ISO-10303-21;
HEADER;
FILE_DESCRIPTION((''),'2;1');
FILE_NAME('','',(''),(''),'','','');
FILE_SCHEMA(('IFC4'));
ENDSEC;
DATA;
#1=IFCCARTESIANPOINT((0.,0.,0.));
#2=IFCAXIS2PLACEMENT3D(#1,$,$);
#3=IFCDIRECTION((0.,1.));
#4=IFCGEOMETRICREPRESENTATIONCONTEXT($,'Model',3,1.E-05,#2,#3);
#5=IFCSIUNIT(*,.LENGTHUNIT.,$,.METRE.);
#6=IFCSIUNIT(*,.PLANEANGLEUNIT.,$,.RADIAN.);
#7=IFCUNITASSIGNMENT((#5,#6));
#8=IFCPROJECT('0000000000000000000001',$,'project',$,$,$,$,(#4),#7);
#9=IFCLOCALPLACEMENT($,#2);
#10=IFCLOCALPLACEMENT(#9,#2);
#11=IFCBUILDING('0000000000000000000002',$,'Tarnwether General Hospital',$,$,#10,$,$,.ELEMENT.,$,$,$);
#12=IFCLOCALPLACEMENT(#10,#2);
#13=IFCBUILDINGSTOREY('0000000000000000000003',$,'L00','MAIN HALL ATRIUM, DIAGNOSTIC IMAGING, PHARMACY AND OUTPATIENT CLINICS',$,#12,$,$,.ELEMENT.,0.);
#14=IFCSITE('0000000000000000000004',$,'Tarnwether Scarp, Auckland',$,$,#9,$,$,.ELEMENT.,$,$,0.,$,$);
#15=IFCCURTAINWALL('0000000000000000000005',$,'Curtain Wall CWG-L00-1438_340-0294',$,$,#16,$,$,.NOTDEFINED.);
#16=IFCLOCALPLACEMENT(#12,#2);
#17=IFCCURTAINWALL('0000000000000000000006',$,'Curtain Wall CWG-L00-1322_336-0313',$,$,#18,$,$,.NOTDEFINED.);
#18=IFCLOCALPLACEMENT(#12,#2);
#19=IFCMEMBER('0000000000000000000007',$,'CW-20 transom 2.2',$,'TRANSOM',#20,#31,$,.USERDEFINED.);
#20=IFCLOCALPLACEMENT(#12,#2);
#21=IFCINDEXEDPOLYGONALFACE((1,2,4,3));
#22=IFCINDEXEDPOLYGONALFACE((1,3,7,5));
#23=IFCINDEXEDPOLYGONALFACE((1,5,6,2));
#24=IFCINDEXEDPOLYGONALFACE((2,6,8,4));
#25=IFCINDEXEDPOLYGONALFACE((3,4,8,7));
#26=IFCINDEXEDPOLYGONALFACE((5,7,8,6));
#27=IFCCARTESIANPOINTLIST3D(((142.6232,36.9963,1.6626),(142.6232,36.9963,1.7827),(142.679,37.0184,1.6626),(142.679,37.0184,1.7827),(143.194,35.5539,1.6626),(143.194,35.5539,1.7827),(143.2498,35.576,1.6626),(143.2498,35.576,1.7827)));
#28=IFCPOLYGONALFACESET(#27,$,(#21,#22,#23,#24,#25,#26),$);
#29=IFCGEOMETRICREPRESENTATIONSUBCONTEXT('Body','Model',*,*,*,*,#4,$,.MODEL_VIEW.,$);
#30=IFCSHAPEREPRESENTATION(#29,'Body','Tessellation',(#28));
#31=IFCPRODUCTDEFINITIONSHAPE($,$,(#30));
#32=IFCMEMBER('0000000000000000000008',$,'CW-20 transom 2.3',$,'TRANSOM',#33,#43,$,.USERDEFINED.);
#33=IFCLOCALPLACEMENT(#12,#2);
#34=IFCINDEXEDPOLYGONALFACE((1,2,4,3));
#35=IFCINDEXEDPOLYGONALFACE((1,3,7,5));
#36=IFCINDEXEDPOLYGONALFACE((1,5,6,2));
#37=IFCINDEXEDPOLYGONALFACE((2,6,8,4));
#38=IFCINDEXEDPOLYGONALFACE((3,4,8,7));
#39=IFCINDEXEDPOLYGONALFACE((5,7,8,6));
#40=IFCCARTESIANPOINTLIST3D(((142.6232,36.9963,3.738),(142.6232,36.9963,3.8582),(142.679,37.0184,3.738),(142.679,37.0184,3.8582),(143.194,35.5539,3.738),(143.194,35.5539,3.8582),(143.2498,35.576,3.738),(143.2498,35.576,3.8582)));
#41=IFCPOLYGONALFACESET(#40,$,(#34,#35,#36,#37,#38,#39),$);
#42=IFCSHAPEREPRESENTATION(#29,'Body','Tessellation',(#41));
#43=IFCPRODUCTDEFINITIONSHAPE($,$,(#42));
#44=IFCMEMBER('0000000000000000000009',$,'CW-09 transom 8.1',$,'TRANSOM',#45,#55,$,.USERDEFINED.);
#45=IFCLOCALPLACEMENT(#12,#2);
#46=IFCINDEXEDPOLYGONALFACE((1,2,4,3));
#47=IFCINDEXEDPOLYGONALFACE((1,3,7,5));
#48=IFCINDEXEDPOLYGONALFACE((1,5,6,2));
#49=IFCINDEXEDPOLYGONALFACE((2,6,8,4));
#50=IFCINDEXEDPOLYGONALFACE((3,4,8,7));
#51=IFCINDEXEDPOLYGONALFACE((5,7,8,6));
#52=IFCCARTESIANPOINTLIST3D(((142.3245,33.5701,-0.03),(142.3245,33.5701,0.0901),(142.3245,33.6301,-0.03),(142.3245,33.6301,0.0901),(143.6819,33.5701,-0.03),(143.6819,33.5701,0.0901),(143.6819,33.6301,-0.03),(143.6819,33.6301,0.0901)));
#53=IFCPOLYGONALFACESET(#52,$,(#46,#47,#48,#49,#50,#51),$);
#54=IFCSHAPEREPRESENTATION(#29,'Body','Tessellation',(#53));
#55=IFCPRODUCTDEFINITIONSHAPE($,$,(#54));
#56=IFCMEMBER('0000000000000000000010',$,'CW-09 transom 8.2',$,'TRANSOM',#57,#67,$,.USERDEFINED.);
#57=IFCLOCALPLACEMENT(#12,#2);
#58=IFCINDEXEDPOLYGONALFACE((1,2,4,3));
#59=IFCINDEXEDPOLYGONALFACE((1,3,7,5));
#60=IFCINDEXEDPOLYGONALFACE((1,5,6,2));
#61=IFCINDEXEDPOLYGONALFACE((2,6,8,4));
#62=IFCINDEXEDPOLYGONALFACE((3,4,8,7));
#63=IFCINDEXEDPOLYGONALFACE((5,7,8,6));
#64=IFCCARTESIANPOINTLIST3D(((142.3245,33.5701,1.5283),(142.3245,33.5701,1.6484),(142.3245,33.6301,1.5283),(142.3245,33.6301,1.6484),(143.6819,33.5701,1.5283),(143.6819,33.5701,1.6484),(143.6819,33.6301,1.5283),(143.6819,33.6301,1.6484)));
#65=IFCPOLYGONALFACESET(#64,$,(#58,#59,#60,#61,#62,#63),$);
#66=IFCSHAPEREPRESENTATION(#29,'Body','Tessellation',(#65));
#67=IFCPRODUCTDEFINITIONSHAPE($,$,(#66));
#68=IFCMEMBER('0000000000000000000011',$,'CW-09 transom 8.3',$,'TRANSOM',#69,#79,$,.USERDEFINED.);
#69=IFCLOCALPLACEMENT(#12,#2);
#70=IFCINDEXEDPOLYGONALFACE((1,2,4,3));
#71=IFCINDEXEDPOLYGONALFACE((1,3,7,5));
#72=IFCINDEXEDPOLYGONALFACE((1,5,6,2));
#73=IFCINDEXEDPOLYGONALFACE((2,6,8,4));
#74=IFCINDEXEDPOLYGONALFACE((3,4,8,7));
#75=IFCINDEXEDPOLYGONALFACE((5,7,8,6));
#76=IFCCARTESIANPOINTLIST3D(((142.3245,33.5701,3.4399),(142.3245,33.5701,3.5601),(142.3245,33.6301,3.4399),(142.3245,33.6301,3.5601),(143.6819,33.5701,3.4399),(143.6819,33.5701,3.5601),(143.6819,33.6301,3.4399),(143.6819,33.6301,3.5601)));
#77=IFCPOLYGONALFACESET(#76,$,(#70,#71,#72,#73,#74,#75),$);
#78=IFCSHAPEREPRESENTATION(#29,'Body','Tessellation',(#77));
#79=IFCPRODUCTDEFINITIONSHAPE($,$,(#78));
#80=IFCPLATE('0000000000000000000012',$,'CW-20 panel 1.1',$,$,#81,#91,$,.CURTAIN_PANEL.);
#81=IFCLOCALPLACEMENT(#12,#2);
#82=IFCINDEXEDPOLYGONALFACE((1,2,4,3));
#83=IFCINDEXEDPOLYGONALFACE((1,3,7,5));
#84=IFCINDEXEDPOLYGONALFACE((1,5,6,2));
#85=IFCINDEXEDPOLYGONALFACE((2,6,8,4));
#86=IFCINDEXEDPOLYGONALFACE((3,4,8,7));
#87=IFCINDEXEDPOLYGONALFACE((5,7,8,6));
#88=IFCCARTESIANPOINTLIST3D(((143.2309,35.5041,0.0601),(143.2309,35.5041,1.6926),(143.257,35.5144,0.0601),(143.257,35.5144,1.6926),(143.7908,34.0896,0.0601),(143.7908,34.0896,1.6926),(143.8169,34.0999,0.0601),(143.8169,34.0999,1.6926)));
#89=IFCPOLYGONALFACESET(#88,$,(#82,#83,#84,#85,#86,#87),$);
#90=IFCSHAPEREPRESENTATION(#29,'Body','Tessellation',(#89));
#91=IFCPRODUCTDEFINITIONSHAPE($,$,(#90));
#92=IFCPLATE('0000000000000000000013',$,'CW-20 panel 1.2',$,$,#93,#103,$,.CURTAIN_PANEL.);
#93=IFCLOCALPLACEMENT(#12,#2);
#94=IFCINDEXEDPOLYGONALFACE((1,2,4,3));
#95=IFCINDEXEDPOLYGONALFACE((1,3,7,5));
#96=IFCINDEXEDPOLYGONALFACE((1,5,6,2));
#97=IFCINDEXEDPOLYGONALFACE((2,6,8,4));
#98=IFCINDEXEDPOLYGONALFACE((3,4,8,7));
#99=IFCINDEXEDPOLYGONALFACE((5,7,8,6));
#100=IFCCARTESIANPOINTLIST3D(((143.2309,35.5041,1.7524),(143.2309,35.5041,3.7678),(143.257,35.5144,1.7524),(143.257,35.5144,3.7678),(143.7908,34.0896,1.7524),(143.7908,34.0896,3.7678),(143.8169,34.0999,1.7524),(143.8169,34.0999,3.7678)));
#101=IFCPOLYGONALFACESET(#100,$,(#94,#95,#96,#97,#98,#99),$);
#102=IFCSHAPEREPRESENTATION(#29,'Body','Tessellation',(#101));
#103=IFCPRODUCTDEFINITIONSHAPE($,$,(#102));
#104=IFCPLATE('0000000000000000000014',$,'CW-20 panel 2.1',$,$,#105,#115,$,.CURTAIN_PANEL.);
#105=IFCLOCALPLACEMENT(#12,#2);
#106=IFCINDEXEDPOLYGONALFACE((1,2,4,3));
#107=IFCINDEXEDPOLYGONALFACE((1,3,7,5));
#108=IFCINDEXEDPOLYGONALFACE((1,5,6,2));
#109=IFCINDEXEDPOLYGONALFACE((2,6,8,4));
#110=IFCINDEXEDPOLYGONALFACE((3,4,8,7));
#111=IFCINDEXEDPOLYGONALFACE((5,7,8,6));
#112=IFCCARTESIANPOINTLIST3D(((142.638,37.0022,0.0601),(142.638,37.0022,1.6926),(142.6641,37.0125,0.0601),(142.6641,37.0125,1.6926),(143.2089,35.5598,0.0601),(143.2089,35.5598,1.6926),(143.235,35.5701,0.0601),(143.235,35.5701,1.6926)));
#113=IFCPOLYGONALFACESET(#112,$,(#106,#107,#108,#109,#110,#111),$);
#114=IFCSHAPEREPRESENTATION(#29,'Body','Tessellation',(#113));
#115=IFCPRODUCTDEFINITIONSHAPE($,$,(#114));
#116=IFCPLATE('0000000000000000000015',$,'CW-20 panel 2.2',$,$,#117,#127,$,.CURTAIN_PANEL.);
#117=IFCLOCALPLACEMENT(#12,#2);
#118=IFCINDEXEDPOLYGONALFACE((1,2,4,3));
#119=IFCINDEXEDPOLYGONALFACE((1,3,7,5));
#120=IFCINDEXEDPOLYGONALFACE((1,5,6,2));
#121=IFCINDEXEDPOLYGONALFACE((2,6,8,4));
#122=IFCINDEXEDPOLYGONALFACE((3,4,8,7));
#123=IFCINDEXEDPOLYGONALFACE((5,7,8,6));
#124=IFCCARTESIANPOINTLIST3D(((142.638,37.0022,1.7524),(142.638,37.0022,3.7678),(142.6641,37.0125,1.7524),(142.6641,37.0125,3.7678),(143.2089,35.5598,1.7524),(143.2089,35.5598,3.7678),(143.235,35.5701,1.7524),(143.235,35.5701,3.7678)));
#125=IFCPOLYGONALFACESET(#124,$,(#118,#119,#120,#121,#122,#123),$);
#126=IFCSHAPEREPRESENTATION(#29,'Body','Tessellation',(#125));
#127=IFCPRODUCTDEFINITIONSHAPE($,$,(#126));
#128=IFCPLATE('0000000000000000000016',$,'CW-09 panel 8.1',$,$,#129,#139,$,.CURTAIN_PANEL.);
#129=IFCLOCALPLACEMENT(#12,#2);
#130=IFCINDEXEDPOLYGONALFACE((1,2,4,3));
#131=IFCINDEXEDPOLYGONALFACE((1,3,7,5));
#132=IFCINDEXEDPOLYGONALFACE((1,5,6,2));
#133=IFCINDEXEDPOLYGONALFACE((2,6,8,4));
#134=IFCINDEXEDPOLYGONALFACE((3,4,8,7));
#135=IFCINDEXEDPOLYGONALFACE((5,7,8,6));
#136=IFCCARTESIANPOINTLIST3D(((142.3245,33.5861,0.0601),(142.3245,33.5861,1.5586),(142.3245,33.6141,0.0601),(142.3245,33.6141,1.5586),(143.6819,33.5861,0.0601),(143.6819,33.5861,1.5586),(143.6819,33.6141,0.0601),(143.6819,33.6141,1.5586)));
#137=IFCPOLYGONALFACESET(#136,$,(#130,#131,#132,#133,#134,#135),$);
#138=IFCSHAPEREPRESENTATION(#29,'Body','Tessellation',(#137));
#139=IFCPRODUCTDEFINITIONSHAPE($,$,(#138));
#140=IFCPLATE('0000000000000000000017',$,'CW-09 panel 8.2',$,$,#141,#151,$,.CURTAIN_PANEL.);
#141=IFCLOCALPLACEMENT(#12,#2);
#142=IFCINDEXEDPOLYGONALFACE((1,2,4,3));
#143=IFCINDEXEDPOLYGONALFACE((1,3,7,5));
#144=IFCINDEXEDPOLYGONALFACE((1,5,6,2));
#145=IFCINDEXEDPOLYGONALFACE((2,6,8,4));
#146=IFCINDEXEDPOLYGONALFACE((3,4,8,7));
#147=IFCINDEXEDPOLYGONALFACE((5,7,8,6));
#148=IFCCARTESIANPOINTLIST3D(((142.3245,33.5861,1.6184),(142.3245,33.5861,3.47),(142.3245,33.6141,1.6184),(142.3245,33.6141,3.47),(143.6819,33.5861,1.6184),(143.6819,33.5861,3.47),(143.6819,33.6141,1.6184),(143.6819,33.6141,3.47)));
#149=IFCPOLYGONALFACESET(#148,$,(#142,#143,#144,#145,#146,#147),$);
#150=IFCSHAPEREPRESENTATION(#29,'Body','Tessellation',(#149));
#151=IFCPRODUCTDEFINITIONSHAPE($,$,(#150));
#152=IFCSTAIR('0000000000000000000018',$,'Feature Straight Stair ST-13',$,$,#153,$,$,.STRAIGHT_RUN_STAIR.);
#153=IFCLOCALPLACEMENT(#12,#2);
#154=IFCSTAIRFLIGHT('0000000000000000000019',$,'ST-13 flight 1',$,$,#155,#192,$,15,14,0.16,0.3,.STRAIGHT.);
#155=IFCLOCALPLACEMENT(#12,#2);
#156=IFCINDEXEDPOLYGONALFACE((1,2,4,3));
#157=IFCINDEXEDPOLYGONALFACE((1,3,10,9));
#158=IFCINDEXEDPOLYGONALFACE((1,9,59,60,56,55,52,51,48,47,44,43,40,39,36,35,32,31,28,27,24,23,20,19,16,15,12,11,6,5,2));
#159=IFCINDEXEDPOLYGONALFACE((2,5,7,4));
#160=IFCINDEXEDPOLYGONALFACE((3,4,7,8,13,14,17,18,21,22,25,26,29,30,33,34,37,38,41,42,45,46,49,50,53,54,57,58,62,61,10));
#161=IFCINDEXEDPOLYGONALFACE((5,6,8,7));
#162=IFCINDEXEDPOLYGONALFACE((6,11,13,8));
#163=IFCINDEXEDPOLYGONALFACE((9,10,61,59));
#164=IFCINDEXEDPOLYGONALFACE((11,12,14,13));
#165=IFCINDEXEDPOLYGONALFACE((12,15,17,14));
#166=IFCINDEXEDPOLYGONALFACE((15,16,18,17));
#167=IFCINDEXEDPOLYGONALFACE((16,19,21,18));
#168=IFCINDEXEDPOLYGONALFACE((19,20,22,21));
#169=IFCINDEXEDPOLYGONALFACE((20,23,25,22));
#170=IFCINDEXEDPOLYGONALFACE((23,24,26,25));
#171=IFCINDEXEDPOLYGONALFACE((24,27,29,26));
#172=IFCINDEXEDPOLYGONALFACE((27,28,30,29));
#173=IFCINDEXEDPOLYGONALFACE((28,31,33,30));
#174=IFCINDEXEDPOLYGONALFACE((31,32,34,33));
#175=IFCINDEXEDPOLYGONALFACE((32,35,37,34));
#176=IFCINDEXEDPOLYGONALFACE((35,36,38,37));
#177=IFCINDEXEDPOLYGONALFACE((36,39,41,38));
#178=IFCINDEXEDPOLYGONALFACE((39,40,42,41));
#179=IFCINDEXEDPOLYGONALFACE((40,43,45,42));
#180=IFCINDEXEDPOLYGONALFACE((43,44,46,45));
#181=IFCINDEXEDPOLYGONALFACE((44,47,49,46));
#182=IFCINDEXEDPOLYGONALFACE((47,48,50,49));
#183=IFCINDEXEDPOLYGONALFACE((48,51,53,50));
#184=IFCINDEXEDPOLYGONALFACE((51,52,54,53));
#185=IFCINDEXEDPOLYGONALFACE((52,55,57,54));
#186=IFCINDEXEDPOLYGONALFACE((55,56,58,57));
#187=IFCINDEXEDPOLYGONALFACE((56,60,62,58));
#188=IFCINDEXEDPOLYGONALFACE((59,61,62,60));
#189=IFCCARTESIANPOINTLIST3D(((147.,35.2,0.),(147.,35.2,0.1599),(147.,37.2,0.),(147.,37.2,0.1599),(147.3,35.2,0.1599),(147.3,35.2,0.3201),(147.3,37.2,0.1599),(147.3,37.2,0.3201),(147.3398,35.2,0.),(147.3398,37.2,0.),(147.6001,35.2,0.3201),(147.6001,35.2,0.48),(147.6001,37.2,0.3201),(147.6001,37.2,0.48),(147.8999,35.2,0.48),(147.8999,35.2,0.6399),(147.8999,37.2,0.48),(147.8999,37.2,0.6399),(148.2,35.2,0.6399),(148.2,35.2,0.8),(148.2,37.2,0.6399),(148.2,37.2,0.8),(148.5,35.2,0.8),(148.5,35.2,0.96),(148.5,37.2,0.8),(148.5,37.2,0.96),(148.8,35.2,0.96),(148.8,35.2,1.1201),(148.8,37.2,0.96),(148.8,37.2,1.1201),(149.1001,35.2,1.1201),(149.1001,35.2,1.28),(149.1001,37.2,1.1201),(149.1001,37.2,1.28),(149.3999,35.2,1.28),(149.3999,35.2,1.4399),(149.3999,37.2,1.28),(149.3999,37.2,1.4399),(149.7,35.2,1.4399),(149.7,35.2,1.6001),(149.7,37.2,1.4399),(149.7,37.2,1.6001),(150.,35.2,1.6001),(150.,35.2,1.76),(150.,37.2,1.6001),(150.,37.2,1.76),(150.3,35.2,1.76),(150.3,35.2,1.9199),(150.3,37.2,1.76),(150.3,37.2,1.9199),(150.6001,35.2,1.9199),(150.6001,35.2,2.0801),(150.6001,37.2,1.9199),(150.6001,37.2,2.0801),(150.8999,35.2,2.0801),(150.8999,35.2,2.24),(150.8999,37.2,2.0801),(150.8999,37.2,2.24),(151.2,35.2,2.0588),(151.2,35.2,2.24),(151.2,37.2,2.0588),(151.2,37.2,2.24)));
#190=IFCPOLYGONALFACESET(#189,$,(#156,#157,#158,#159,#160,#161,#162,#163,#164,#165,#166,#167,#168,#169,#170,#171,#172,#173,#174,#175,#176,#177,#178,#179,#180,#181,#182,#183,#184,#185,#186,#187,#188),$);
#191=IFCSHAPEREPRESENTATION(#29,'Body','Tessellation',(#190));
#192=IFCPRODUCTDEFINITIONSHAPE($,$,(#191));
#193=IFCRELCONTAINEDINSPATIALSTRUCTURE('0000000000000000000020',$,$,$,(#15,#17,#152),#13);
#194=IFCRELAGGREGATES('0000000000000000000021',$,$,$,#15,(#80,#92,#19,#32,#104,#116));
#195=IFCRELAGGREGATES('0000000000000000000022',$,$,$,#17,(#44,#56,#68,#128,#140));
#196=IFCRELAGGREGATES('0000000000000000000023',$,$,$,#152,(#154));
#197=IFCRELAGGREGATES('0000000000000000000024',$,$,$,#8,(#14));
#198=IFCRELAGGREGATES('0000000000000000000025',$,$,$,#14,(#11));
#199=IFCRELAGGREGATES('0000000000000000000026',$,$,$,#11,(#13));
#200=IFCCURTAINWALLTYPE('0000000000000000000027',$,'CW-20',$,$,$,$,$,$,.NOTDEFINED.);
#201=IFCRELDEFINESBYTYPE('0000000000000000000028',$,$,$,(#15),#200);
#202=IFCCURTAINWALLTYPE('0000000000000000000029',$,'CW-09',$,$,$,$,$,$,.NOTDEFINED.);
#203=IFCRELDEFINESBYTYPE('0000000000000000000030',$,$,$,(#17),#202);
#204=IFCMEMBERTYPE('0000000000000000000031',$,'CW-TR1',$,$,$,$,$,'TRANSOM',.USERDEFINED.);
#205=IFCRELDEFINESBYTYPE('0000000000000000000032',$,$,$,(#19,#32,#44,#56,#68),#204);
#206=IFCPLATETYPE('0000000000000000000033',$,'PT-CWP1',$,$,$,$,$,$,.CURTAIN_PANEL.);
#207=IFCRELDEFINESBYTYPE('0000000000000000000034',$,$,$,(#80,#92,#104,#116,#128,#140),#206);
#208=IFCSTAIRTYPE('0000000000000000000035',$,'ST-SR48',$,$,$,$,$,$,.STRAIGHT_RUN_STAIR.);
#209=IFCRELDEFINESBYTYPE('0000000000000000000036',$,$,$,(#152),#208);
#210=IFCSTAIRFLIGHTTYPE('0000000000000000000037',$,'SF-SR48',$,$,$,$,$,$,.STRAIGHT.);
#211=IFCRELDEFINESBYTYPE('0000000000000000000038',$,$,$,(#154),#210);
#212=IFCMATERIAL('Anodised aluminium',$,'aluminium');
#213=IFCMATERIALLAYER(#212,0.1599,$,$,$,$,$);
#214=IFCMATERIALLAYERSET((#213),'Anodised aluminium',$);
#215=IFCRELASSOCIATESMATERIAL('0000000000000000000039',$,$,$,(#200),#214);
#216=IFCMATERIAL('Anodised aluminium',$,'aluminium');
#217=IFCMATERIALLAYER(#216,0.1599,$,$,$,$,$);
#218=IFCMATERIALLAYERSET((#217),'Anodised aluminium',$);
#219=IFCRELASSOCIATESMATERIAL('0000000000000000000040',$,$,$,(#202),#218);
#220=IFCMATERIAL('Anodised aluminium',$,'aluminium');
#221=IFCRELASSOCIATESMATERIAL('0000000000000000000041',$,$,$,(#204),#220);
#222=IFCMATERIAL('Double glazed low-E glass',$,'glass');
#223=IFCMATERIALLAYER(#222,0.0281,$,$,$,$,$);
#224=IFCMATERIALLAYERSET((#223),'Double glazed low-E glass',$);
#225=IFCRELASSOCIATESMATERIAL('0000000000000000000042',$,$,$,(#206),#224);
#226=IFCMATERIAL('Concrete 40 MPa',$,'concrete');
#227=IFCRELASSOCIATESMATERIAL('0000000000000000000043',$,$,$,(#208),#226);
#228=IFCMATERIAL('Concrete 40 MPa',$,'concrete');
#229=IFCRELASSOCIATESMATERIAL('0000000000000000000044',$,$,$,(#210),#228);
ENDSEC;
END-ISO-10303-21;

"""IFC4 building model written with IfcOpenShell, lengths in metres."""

from ifc_helpers import new_model, si_unit, direction, frame, origin, origin_2d, place, context, subcontext, project, spatial, polyline, rectangle, outline, extrude, material, layer, layer_set, material_profile, profile_set, type_object, element, aggregate, save


model = new_model("IFC4")

# Units and contexts
model_context = context("Model", 3, precision=1e-05, world=origin(), true_north=direction((0.0, 1.0)))
body_context = subcontext(model_context, "Body", "Model", "MODEL_VIEW")
ifc_project = project(units=[si_unit("LENGTHUNIT", "METRE"), si_unit("PLANEANGLEUNIT", "RADIAN")], contexts=[model_context])

# Site, building, storey
site_placement = place(None, origin())
site = spatial("IfcSite", under=ifc_project, at=site_placement, Name="Tarnwether Scarp, Auckland", CompositionType="ELEMENT", RefElevation=0.0)
building_placement = place(site_placement, origin())
building = spatial("IfcBuilding", under=site, at=building_placement, Name="Tarnwether General Hospital", CompositionType="ELEMENT")
storey_placement = place(building_placement, origin())
storey = spatial("IfcBuildingStorey", under=building, at=storey_placement, Name="L00", Description="MAIN HALL ATRIUM, DIAGNOSTIC IMAGING, PHARMACY AND OUTPATIENT CLINICS", CompositionType="ELEMENT", Elevation=0.0)

# Curtain wall
ifc_material_1 = material(Name="Anodised aluminium", Category="aluminium")
ifc_layer_1 = layer(ifc_material_1, 0.1599)
ifc_layer_set_1 = layer_set([ifc_layer_1], Name="Anodised aluminium")
curtain_wall_type_1 = type_object("IfcCurtainWallType", Name="CW-20", PredefinedType="NOTDEFINED", material=ifc_layer_set_1)
curtain_wall_1_placement = place(storey_placement, origin())
curtain_wall_1 = element("IfcCurtainWall", 1, at=curtain_wall_1_placement, inside=storey, type_object=curtain_wall_type_1, Name="Curtain Wall CWG-L00-1438_340-0294", PredefinedType="NOTDEFINED")

# Curtain wall
ifc_material_2 = material(Name="Anodised aluminium", Category="aluminium")
ifc_layer_2 = layer(ifc_material_2, 0.1599)
ifc_layer_set_2 = layer_set([ifc_layer_2], Name="Anodised aluminium")
curtain_wall_type_2 = type_object("IfcCurtainWallType", Name="CW-09", PredefinedType="NOTDEFINED", material=ifc_layer_set_2)
curtain_wall_2_placement = place(storey_placement, origin())
curtain_wall_2 = element("IfcCurtainWall", 2, at=curtain_wall_2_placement, inside=storey, type_object=curtain_wall_type_2, Name="Curtain Wall CWG-L00-1322_336-0313", PredefinedType="NOTDEFINED")

# Members
ifc_material_3 = material(Name="Anodised aluminium", Category="aluminium")
ifc_material_profile_1 = material_profile(ifc_material_3, rectangle(XDim=0.0601, YDim=0.1201, at=origin_2d()), Name="ALU-TRN-60x120")
ifc_profile_set_1 = profile_set([ifc_material_profile_1], Name="Anodised aluminium")
member_type_1 = type_object("IfcMemberType", Name="CW-TR1", ElementType="TRANSOM", PredefinedType="USERDEFINED", material=ifc_profile_set_1)
member_1_placement = place(storey_placement, frame((143.2219, 35.5649, 1.7227), z_axis=(-0.367969, 0.929838, 0.0), x_axis=(-0.929838, -0.367969, 0.0)))
member_1 = element("IfcMember", 3, at=member_1_placement, type_object=member_type_1, Name="CW-20 transom 2.2", ObjectType="TRANSOM", PredefinedType="USERDEFINED", context=body_context, shape_type="SweptSolid", body=[
    extrude(rectangle(XDim=0.0601, YDim=0.1201, at=origin_2d()), origin(), (0.0, 0.0, 1.0), 1.5513),
])
member_2_placement = place(storey_placement, frame((143.2219, 35.5649, 3.7981), z_axis=(-0.367969, 0.929838, 0.0), x_axis=(-0.929838, -0.367969, 0.0)))
member_2 = element("IfcMember", 4, at=member_2_placement, type_object=member_type_1, Name="CW-20 transom 2.3", ObjectType="TRANSOM", PredefinedType="USERDEFINED", context=body_context, shape_type="SweptSolid", body=[
    extrude(rectangle(XDim=0.0601, YDim=0.1201, at=origin_2d()), origin(), (0.0, 0.0, 1.0), 1.5513),
])
member_3_placement = place(storey_placement, frame((142.3245, 33.6001, 0.03), z_axis=(1.0, 0.0, 0.0), x_axis=(0.0, 1.0, 0.0)))
member_3 = element("IfcMember", 5, at=member_3_placement, type_object=member_type_1, Name="CW-09 transom 8.1", ObjectType="TRANSOM", PredefinedType="USERDEFINED", context=body_context, shape_type="SweptSolid", body=[
    extrude(rectangle(XDim=0.0601, YDim=0.1201, at=origin_2d()), origin(), (0.0, 0.0, 1.0), 1.3574),
])
member_4_placement = place(storey_placement, frame((142.3245, 33.6001, 1.5884), z_axis=(1.0, 0.0, 0.0), x_axis=(0.0, 1.0, 0.0)))
member_4 = element("IfcMember", 6, at=member_4_placement, type_object=member_type_1, Name="CW-09 transom 8.2", ObjectType="TRANSOM", PredefinedType="USERDEFINED", context=body_context, shape_type="SweptSolid", body=[
    extrude(rectangle(XDim=0.0601, YDim=0.1201, at=origin_2d()), origin(), (0.0, 0.0, 1.0), 1.3574),
])
member_5_placement = place(storey_placement, frame((142.3245, 33.6001, 3.5), z_axis=(1.0, 0.0, 0.0), x_axis=(0.0, 1.0, 0.0)))
member_5 = element("IfcMember", 7, at=member_5_placement, type_object=member_type_1, Name="CW-09 transom 8.3", ObjectType="TRANSOM", PredefinedType="USERDEFINED", context=body_context, shape_type="SweptSolid", body=[
    extrude(rectangle(XDim=0.0601, YDim=0.1201, at=origin_2d()), origin(), (0.0, 0.0, 1.0), 1.3574),
])

# Plates
ifc_material_4 = material(Name="Double glazed low-E glass", Category="glass")
ifc_layer_3 = layer(ifc_material_4, 0.0281)
ifc_layer_set_3 = layer_set([ifc_layer_3], Name="Double glazed low-E glass")
plate_type = type_object("IfcPlateType", Name="PT-CWP1", PredefinedType="CURTAIN_PANEL", material=ifc_layer_set_3)
plate_1_placement = place(storey_placement, frame((143.5239, 34.802, 0.0601), z_axis=(0.0, 0.0, 1.0), x_axis=(-0.368035, 0.929812, 0.0)))
plate_1 = element("IfcPlate", 8, at=plate_1_placement, type_object=plate_type, Name="CW-20 panel 1.1", PredefinedType="CURTAIN_PANEL", context=body_context, shape_type="SweptSolid", body=[
    extrude(rectangle(XDim=1.5212, YDim=0.0281, at=origin_2d()), origin(), (0.0, 0.0, 1.0), 1.6326),
])
plate_2_placement = place(storey_placement, frame((143.5239, 34.802, 1.7524), z_axis=(0.0, 0.0, 1.0), x_axis=(-0.368035, 0.929812, 0.0)))
plate_2 = element("IfcPlate", 9, at=plate_2_placement, type_object=plate_type, Name="CW-20 panel 1.2", PredefinedType="CURTAIN_PANEL", context=body_context, shape_type="SweptSolid", body=[
    extrude(rectangle(XDim=1.5212, YDim=0.0281, at=origin_2d()), origin(), (0.0, 0.0, 1.0), 2.0154),
])
plate_3_placement = place(storey_placement, frame((142.9365, 36.2861, 0.0601), z_axis=(0.0, 0.0, 1.0), x_axis=(-0.368035, 0.929812, 0.0)))
plate_3 = element("IfcPlate", 10, at=plate_3_placement, type_object=plate_type, Name="CW-20 panel 2.1", PredefinedType="CURTAIN_PANEL", context=body_context, shape_type="SweptSolid", body=[
    extrude(rectangle(XDim=1.5513, YDim=0.0281, at=origin_2d()), origin(), (0.0, 0.0, 1.0), 1.6326),
])
plate_4_placement = place(storey_placement, frame((142.9365, 36.2861, 1.7524), z_axis=(0.0, 0.0, 1.0), x_axis=(-0.368035, 0.929812, 0.0)))
plate_4 = element("IfcPlate", 11, at=plate_4_placement, type_object=plate_type, Name="CW-20 panel 2.2", PredefinedType="CURTAIN_PANEL", context=body_context, shape_type="SweptSolid", body=[
    extrude(rectangle(XDim=1.5513, YDim=0.0281, at=origin_2d()), origin(), (0.0, 0.0, 1.0), 2.0154),
])
aggregate(curtain_wall_1, [plate_1, plate_2, member_1, member_2, plate_3, plate_4])
plate_5_placement = place(storey_placement, frame((143.0032, 33.6001, 0.0601), z_axis=(0.0, 0.0, 1.0), x_axis=(1.0, 0.0, 0.0)))
plate_5 = element("IfcPlate", 12, at=plate_5_placement, type_object=plate_type, Name="CW-09 panel 8.1", PredefinedType="CURTAIN_PANEL", context=body_context, shape_type="SweptSolid", body=[
    extrude(rectangle(XDim=1.3574, YDim=0.0281, at=origin_2d()), origin(), (0.0, 0.0, 1.0), 1.4985),
])
plate_6_placement = place(storey_placement, frame((143.0032, 33.6001, 1.6184), z_axis=(0.0, 0.0, 1.0), x_axis=(1.0, 0.0, 0.0)))
plate_6 = element("IfcPlate", 13, at=plate_6_placement, type_object=plate_type, Name="CW-09 panel 8.2", PredefinedType="CURTAIN_PANEL", context=body_context, shape_type="SweptSolid", body=[
    extrude(rectangle(XDim=1.3574, YDim=0.0281, at=origin_2d()), origin(), (0.0, 0.0, 1.0), 1.8516),
])
aggregate(curtain_wall_2, [member_3, member_4, member_5, plate_5, plate_6])

# Stair, stair flight
ifc_material_5 = material(Name="Concrete 40 MPa", Category="concrete")
stair_type = type_object("IfcStairType", Name="ST-SR48", PredefinedType="STRAIGHT_RUN_STAIR", material=ifc_material_5)
stair_placement = place(storey_placement, origin())
stair = element("IfcStair", 14, at=stair_placement, inside=storey, type_object=stair_type, Name="Feature Straight Stair ST-13", PredefinedType="STRAIGHT_RUN_STAIR")
ifc_material_6 = material(Name="Concrete 40 MPa", Category="concrete")
stair_flight_type = type_object("IfcStairFlightType", Name="SF-SR48", PredefinedType="STRAIGHT", material=ifc_material_6)
stair_flight_placement = place(storey_placement, frame((147.0, 36.2, 0.0), z_axis=(0.0, 0.0, 1.0), x_axis=(1.0, 0.0, 0.0)))
stair_flight = element("IfcStairFlight", 15, at=stair_flight_placement, type_object=stair_flight_type, Name="ST-13 flight 1", NumberOfRisers=15, NumberOfTreads=14, PredefinedType="STRAIGHT", RiserHeight=0.16, TreadLength=0.3, context=body_context, shape_type="SweptSolid", body=[
    extrude(outline(polyline([(0.0, 0.0), (0.0, 0.1599), (0.3, 0.1599), (0.3, 0.3201), (0.6001, 0.3201), (0.6001, 0.48), (0.8999, 0.48), (0.8999, 0.6399), (1.2, 0.6399), (1.2, 0.8), (1.5, 0.8), (1.5, 0.96), (1.8, 0.96), (1.8, 1.1201), (2.1001, 1.1201), (2.1001, 1.28), (2.3999, 1.28), (2.3999, 1.4399), (2.7, 1.4399), (2.7, 1.6001), (3.0, 1.6001), (3.0, 1.76), (3.3, 1.76), (3.3, 1.9199), (3.6001, 1.9199), (3.6001, 2.0801), (3.8999, 2.0801), (3.8999, 2.24), (4.2, 2.24), (4.2, 2.3999), (4.2, 2.0588), (0.3398, 0.0), (0.0, 0.0)])), frame((0.0, 1.0, 0.0), z_axis=(0.0, -1.0, 0.0), x_axis=(1.0, 0.0, 0.0)), (0.0, 0.0, 1.0), 2.0),
])
aggregate(stair, [stair_flight])

save(model, "model.ifc")
